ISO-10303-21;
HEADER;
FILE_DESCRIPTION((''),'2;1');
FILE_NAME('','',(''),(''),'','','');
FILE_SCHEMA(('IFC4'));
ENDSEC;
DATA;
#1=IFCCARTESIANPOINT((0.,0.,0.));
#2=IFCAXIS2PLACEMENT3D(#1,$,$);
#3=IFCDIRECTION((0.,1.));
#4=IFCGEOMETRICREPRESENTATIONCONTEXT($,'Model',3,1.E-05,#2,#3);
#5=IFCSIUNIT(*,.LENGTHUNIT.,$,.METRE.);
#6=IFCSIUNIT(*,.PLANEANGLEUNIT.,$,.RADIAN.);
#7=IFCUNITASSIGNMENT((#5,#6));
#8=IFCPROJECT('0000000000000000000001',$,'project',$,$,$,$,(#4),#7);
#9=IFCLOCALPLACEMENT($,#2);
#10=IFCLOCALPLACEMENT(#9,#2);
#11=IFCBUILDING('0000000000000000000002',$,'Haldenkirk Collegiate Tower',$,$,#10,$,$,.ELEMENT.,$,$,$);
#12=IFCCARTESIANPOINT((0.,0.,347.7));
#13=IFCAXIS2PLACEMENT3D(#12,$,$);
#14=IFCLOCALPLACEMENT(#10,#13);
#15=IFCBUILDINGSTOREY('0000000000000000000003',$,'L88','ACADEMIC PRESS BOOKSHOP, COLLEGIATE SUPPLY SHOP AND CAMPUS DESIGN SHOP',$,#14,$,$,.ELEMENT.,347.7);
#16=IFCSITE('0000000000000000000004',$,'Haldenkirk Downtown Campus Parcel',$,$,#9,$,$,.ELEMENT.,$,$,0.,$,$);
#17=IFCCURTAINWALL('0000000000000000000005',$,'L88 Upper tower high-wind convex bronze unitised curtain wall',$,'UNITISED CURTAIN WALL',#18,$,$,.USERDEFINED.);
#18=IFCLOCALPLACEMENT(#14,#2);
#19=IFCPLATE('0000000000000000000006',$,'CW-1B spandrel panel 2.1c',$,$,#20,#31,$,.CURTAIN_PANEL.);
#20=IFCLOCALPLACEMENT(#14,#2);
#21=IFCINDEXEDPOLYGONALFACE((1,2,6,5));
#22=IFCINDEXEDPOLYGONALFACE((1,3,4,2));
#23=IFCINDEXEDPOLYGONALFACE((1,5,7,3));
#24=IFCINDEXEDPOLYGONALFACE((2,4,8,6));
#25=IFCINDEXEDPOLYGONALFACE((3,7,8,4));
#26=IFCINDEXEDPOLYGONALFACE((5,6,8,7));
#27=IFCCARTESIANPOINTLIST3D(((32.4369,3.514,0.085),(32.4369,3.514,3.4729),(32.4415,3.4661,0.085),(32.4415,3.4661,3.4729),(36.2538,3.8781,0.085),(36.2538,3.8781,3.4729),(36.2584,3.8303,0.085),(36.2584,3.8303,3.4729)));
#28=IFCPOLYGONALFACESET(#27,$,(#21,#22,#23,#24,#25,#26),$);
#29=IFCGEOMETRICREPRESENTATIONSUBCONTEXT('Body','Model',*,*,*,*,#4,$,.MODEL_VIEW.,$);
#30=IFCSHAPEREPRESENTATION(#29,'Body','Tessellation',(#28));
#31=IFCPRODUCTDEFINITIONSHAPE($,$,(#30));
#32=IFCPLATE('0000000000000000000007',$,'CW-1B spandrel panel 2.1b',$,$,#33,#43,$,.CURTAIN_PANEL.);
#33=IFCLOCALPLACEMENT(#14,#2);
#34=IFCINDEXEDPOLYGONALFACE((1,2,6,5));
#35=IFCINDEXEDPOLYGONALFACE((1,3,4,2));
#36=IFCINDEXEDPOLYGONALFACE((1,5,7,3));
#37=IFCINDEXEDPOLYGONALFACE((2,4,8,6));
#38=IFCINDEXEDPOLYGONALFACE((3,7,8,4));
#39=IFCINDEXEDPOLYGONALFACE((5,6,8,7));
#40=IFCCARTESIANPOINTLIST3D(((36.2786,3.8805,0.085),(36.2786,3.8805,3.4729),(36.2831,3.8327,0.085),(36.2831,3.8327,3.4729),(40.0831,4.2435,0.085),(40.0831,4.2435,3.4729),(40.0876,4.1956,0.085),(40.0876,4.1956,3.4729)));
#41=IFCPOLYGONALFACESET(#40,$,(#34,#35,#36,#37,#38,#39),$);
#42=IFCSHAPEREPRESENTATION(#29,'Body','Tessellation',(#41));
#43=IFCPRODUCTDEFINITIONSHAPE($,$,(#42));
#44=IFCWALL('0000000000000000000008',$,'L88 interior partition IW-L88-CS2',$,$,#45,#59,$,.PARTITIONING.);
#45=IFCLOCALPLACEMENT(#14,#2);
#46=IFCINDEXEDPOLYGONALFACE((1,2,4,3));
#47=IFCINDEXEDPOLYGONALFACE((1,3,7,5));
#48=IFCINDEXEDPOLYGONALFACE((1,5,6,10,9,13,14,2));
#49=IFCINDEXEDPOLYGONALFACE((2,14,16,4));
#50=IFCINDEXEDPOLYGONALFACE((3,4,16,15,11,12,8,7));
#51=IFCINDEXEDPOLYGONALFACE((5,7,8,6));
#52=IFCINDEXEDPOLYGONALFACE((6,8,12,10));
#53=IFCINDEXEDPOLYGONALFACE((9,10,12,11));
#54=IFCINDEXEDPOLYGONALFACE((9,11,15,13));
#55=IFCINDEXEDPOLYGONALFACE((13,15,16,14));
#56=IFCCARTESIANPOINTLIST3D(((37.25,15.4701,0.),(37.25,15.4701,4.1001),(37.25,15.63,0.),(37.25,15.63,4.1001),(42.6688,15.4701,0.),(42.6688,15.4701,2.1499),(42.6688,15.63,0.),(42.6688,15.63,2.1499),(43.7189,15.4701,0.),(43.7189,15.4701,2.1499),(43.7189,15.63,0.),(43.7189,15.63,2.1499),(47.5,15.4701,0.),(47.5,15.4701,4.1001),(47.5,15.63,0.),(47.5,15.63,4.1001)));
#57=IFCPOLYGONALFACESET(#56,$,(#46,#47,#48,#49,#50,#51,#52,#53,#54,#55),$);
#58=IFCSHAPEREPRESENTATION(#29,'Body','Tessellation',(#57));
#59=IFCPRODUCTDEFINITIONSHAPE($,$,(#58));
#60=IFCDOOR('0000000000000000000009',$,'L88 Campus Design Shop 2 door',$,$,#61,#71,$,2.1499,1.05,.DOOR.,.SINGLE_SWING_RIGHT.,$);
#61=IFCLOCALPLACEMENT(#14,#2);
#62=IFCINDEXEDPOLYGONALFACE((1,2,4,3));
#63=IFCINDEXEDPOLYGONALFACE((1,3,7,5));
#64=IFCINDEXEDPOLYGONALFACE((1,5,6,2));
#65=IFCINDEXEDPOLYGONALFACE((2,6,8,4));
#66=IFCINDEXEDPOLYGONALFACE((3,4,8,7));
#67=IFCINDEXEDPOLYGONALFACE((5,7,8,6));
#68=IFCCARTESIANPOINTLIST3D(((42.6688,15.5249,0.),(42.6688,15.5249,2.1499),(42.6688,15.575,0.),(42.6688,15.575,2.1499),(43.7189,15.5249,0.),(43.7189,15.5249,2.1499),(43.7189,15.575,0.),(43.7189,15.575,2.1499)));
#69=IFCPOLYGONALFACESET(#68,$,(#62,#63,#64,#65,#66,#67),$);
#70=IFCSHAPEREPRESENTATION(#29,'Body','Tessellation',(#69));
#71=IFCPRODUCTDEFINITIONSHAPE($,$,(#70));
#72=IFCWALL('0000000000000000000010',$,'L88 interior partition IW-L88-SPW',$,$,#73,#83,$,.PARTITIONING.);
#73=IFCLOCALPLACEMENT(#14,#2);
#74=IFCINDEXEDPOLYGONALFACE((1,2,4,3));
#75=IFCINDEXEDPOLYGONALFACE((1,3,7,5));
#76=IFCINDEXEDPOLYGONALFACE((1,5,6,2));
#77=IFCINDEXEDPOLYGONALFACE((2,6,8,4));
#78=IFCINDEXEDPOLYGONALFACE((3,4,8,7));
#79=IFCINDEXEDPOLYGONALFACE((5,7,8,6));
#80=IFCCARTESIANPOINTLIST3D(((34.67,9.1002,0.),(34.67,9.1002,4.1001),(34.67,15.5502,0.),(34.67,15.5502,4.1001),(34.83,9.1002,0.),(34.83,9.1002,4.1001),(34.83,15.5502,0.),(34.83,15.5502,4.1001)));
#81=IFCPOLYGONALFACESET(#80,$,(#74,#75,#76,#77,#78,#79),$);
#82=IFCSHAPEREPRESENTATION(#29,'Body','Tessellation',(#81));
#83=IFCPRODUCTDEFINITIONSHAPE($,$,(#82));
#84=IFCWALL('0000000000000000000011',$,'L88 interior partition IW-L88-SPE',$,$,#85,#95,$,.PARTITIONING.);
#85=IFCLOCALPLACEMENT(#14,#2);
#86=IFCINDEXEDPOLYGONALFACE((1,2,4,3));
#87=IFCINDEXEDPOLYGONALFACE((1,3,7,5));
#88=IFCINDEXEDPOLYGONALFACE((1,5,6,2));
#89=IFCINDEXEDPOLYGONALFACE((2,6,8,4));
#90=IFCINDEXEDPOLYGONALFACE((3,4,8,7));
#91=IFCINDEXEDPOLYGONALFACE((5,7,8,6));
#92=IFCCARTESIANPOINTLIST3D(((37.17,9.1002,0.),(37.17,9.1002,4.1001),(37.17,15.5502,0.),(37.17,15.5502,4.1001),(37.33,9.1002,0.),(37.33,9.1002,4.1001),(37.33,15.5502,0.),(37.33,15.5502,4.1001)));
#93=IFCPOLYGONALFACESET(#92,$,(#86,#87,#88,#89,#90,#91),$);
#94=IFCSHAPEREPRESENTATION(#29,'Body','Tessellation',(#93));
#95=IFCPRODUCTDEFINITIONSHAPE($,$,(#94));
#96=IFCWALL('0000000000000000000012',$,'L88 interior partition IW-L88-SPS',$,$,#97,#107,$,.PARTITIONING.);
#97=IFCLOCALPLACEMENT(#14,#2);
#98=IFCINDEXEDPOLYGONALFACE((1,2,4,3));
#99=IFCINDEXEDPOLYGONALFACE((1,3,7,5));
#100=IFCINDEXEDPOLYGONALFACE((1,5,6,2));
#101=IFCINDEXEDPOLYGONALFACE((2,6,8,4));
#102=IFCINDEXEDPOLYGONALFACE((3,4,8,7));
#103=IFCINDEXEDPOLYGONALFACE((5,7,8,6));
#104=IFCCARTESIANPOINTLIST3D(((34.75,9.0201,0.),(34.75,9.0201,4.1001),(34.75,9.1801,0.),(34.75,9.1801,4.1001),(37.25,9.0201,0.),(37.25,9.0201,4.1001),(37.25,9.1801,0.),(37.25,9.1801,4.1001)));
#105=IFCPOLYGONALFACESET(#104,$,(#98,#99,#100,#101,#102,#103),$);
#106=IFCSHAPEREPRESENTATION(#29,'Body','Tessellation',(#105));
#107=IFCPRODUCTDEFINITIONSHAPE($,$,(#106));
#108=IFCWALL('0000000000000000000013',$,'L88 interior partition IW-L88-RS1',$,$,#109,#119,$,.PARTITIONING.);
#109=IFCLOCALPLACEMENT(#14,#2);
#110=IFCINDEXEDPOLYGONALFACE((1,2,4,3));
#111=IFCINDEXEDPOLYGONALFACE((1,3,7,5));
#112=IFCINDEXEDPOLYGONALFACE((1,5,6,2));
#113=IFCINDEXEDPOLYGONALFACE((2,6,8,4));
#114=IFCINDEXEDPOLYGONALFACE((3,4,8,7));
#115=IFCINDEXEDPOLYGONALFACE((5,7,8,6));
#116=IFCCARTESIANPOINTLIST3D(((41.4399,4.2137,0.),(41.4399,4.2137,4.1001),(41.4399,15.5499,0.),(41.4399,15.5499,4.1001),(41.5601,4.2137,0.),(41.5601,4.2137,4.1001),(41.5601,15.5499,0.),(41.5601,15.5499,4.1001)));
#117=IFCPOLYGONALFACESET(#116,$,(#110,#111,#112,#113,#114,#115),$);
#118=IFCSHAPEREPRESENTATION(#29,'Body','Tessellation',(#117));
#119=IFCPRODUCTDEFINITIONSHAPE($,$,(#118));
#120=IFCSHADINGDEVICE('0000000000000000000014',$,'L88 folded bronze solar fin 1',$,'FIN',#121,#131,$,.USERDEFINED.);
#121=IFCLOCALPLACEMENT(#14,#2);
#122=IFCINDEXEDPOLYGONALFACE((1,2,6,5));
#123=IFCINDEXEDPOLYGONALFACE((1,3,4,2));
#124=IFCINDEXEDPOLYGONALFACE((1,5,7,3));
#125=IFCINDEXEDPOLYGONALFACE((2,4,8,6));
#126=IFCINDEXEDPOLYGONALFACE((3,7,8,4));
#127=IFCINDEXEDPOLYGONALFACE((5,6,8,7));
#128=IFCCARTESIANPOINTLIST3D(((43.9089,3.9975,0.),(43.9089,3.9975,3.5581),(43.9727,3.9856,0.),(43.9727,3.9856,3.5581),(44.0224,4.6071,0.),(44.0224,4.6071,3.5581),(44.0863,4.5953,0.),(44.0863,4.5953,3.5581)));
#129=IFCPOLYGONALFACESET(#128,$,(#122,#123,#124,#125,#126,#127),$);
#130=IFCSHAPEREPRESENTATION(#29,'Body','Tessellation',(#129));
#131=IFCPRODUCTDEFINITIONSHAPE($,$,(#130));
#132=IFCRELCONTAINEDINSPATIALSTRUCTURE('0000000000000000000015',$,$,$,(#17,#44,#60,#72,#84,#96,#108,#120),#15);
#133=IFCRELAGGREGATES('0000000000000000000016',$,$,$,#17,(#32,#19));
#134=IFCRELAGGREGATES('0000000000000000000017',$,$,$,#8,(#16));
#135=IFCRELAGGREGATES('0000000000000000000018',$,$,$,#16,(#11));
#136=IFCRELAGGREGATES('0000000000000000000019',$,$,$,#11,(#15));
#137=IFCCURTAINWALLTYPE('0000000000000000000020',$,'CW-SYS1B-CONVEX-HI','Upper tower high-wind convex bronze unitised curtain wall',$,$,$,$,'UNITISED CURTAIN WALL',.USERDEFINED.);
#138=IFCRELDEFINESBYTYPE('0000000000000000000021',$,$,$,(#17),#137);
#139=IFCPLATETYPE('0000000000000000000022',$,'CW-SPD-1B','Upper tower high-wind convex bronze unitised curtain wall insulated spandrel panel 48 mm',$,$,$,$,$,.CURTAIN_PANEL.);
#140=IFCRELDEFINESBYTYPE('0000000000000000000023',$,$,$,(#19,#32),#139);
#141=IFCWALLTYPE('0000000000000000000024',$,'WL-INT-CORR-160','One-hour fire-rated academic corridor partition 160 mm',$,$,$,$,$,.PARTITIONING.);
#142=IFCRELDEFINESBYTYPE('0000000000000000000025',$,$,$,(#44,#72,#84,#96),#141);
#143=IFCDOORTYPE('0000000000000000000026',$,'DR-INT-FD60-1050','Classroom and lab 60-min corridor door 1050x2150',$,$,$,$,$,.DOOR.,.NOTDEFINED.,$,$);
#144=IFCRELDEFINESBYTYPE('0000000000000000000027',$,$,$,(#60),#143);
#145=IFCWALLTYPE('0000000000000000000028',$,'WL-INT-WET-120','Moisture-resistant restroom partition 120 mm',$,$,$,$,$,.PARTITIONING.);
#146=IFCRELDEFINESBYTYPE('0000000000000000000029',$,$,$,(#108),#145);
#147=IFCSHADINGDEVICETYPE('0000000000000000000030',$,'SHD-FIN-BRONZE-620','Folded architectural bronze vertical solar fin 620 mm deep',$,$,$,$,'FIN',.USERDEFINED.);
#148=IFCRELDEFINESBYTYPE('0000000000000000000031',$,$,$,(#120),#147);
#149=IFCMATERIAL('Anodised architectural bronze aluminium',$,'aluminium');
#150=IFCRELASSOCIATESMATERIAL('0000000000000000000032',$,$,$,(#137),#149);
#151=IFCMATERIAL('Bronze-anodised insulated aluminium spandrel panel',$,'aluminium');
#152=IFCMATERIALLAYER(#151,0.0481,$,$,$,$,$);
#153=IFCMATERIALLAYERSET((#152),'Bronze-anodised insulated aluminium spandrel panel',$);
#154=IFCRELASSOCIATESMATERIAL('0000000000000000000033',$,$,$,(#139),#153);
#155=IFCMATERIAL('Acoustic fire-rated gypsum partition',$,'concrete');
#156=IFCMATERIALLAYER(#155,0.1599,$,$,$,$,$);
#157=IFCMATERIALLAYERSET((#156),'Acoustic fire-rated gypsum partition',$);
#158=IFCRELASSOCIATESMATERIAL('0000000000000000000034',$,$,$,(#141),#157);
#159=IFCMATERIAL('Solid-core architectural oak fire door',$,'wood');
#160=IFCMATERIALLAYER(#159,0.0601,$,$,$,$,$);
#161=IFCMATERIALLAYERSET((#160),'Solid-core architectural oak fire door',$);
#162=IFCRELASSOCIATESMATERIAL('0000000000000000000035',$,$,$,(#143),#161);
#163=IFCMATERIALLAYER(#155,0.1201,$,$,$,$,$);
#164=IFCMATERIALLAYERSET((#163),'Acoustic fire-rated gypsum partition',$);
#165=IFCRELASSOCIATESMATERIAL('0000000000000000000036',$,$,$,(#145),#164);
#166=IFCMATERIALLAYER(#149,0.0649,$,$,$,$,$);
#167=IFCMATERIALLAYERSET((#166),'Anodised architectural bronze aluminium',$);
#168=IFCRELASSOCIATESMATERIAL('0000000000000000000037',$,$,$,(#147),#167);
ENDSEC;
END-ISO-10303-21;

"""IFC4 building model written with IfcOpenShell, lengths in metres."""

from ifc_helpers import new_model, si_unit, direction, frame, frame_2d, origin, origin_2d, place, context, subcontext, project, spatial, rectangle, extrude, source, transform, mapped, material, layer, layer_set, type_object, element, fill, aggregate, save


model = new_model("IFC4")

# Units and contexts
model_context = context("Model", 3, precision=1e-05, world=origin(), true_north=direction((0.0, 1.0)))
body_context = subcontext(model_context, "Body", "Model", "MODEL_VIEW")
ifc_project = project(units=[si_unit("LENGTHUNIT", "METRE"), si_unit("PLANEANGLEUNIT", "RADIAN")], contexts=[model_context])

# Site, building, storey
site_placement = place(None, origin())
site = spatial("IfcSite", under=ifc_project, at=site_placement, Name="Haldenkirk Downtown Campus Parcel", CompositionType="ELEMENT", RefElevation=0.0)
building_placement = place(site_placement, origin())
building = spatial("IfcBuilding", under=site, at=building_placement, Name="Haldenkirk Collegiate Tower", CompositionType="ELEMENT")
storey_placement = place(building_placement, frame((0.0, 0.0, 347.7)))
storey = spatial("IfcBuildingStorey", under=building, at=storey_placement, Name="L88", Description="ACADEMIC PRESS BOOKSHOP, COLLEGIATE SUPPLY SHOP AND CAMPUS DESIGN SHOP", CompositionType="ELEMENT", Elevation=347.7)

# Curtain wall
ifc_material_1 = material(Name="Anodised architectural bronze aluminium", Category="aluminium")
curtain_wall_type = type_object("IfcCurtainWallType", Name="CW-SYS1B-CONVEX-HI", Description="Upper tower high-wind convex bronze unitised curtain wall", ElementType="UNITISED CURTAIN WALL", PredefinedType="USERDEFINED", material=ifc_material_1)
curtain_wall_placement = place(storey_placement, origin())
curtain_wall = element("IfcCurtainWall", 1, at=curtain_wall_placement, inside=storey, type_object=curtain_wall_type, Name="L88 Upper tower high-wind convex bronze unitised curtain wall", ObjectType="UNITISED CURTAIN WALL", PredefinedType="USERDEFINED")

# Plates
ifc_material_2 = material(Name="Bronze-anodised insulated aluminium spandrel panel", Category="aluminium")
ifc_layer_1 = layer(ifc_material_2, 0.0481)
ifc_layer_set_1 = layer_set([ifc_layer_1], Name="Bronze-anodised insulated aluminium spandrel panel")
plate_type_1 = type_object("IfcPlateType", Name="CW-SPD-1B", Description="Upper tower high-wind convex bronze unitised curtain wall insulated spandrel panel 48 mm", PredefinedType="CURTAIN_PANEL", material=ifc_layer_set_1)
shared_shape_1 = source(origin(), body_context, "Body", "SweptSolid", [
    extrude(rectangle(XDim=3.8342, YDim=0.0481, at=origin_2d()), origin(), (0.0, 0.0, 1.0), 3.3879),
])
plate_1_placement = place(storey_placement, frame((34.3477, 3.6721, 0.085), z_axis=(0.0, 0.0, 1.0), x_axis=(-0.99548, -0.094973, 0.0)))
plate_1 = element("IfcPlate", 2, at=plate_1_placement, type_object=plate_type_1, Name="CW-1B spandrel panel 2.1c", PredefinedType="CURTAIN_PANEL", context=body_context, shape_type="MappedRepresentation", body=[
    mapped(shared_shape_1, transform((0.0, 0.0, 0.0), x_axis=(1.0, 0.0, 0.0), y_axis=(0.0, 1.0, 0.0), z_axis=(0.0, 0.0, 1.0), scale=1.0)),
])
shared_shape_2 = source(origin(), body_context, "Body", "SweptSolid", [
    extrude(rectangle(XDim=3.8218, YDim=0.0481, at=origin_2d()), origin(), (0.0, 0.0, 1.0), 3.3879),
])
plate_2_placement = place(storey_placement, frame((38.1831, 4.0381, 0.085), z_axis=(0.0, 0.0, 1.0), x_axis=(-0.99548, -0.094973, 0.0)))
plate_2 = element("IfcPlate", 3, at=plate_2_placement, type_object=plate_type_1, Name="CW-1B spandrel panel 2.1b", PredefinedType="CURTAIN_PANEL", context=body_context, shape_type="MappedRepresentation", body=[
    mapped(shared_shape_2, transform((0.0, 0.0, 0.0), x_axis=(1.0, 0.0, 0.0), y_axis=(0.0, 1.0, 0.0), z_axis=(0.0, 0.0, 1.0), scale=1.0)),
])
aggregate(curtain_wall, [plate_2, plate_1])

# Wall, opening, door
ifc_material_3 = material(Name="Acoustic fire-rated gypsum partition", Category="concrete")
ifc_layer_2 = layer(ifc_material_3, 0.1599)
ifc_layer_set_2 = layer_set([ifc_layer_2], Name="Acoustic fire-rated gypsum partition")
wall_type_1 = type_object("IfcWallType", Name="WL-INT-CORR-160", Description="One-hour fire-rated academic corridor partition 160 mm", PredefinedType="PARTITIONING", material=ifc_layer_set_2)
wall_1_placement = place(storey_placement, frame((37.25, 15.55, 0.0), z_axis=(0.0, 0.0, 1.0), x_axis=(1.0, 0.0, 0.0)))
wall_1 = element("IfcWall", 4, at=wall_1_placement, inside=storey, type_object=wall_type_1, Name="L88 interior partition IW-L88-CS2", PredefinedType="PARTITIONING", context=body_context, shape_type="SweptSolid", body=[
    extrude(rectangle(XDim=10.25, YDim=0.1599, at=frame_2d((5.125, 0.0))), origin(), (0.0, 0.0, 1.0), 4.1001),
])
opening_placement = place(wall_1_placement, frame((5.4189, 0.0, 0.0)))
opening = element("IfcOpeningElement", 5, at=opening_placement, cuts=wall_1, PredefinedType="OPENING", context=body_context, shape_type="SweptSolid", body=[
    extrude(rectangle(XDim=1.05, YDim=2.1499, at=frame_2d((0.5249, 1.075))), frame((0.0, 0.0898, 0.0), z_axis=(0.0, -1.0, 0.0), x_axis=(1.0, 0.0, 0.0)), (0.0, 0.0, 1.0), 0.1799),
])
ifc_material_4 = material(Name="Solid-core architectural oak fire door", Category="wood")
ifc_layer_3 = layer(ifc_material_4, 0.0601)
ifc_layer_set_3 = layer_set([ifc_layer_3], Name="Solid-core architectural oak fire door")
door_type = type_object("IfcDoorType", Name="DR-INT-FD60-1050", Description="Classroom and lab 60-min corridor door 1050x2150", OperationType="NOTDEFINED", PredefinedType="DOOR", material=ifc_layer_set_3)
door_placement = place(opening_placement, origin())
door = element("IfcDoor", 6, at=door_placement, inside=storey, type_object=door_type, Name="L88 Campus Design Shop 2 door", OperationType="SINGLE_SWING_RIGHT", OverallHeight=2.1499, OverallWidth=1.05, PredefinedType="DOOR", context=body_context, shape_type="SweptSolid", body=[
    extrude(rectangle(XDim=1.05, YDim=2.1499, at=frame_2d((0.5249, 1.075))), frame((0.0, 0.0249, 0.0), z_axis=(0.0, -1.0, 0.0), x_axis=(1.0, 0.0, 0.0)), (0.0, 0.0, 1.0), 0.05),
])
fill(opening, door)

# Walls
for number, where, z_axis, x_axis, name in (
    (7, (34.75, 9.1001, 0.0), (0.0, 0.0, 1.0), (0.0, 1.0, 0.0), "L88 interior partition IW-L88-SPW"),
    (8, (37.25, 9.1001, 0.0), (0.0, 0.0, 1.0), (0.0, 1.0, 0.0), "L88 interior partition IW-L88-SPE"),
):
    element("IfcWall", number, at=place(storey_placement, frame(where, z_axis=z_axis, x_axis=x_axis)), inside=storey, type_object=wall_type_1, Name=name, PredefinedType="PARTITIONING", context=body_context, shape_type="SweptSolid", body=[
        extrude(rectangle(XDim=6.45, YDim=0.1599, at=frame_2d((3.2251, 0.0))), origin(), (0.0, 0.0, 1.0), 4.1001),
    ])
wall_2_placement = place(storey_placement, frame((34.75, 9.1001, 0.0), z_axis=(0.0, 0.0, 1.0), x_axis=(1.0, 0.0, 0.0)))
element("IfcWall", 9, at=wall_2_placement, inside=storey, type_object=wall_type_1, Name="L88 interior partition IW-L88-SPS", PredefinedType="PARTITIONING", context=body_context, shape_type="SweptSolid", body=[
    extrude(rectangle(XDim=2.5, YDim=0.1599, at=frame_2d((1.25, 0.0))), origin(), (0.0, 0.0, 1.0), 4.1001),
])
ifc_layer_4 = layer(ifc_material_3, 0.1201)
ifc_layer_set_4 = layer_set([ifc_layer_4], Name="Acoustic fire-rated gypsum partition")
wall_type_2 = type_object("IfcWallType", Name="WL-INT-WET-120", Description="Moisture-resistant restroom partition 120 mm", PredefinedType="PARTITIONING", material=ifc_layer_set_4)
wall_3_placement = place(storey_placement, frame((41.5, 4.2139, 0.0), z_axis=(0.0, 0.0, 1.0), x_axis=(0.0, 1.0, 0.0)))
element("IfcWall", 10, at=wall_3_placement, inside=storey, type_object=wall_type_2, Name="L88 interior partition IW-L88-RS1", PredefinedType="PARTITIONING", context=body_context, shape_type="SweptSolid", body=[
    extrude(rectangle(XDim=11.3362, YDim=0.1201, at=frame_2d((5.668, 0.0))), origin(), (0.0, 0.0, 1.0), 4.1001),
])

# Shading device
ifc_layer_5 = layer(ifc_material_1, 0.0649)
ifc_layer_set_5 = layer_set([ifc_layer_5], Name="Anodised architectural bronze aluminium")
shading_device_type = type_object("IfcShadingDeviceType", Name="SHD-FIN-BRONZE-620", Description="Folded architectural bronze vertical solar fin 620 mm deep", ElementType="FIN", PredefinedType="USERDEFINED", material=ifc_layer_set_5)
shared_shape_3 = source(origin(), body_context, "Body", "SweptSolid", [
    extrude(rectangle(XDim=0.6201, YDim=0.0649, at=origin_2d()), origin(), (0.0, 0.0, 1.0), 3.5581),
])
shading_device_placement = place(storey_placement, frame((43.9976, 4.2964, 0.0), z_axis=(0.0, 0.0, 1.0), x_axis=(-0.183094, -0.983096, 0.0)))
element("IfcShadingDevice", 11, at=shading_device_placement, inside=storey, type_object=shading_device_type, Name="L88 folded bronze solar fin 1", ObjectType="FIN", PredefinedType="USERDEFINED", context=body_context, shape_type="MappedRepresentation", body=[
    mapped(shared_shape_3, transform((0.0, 0.0, 0.0), x_axis=(1.0, 0.0, 0.0), y_axis=(0.0, 1.0, 0.0), z_axis=(0.0, 0.0, 1.0), scale=1.0)),
])

save(model, "model.ifc")
